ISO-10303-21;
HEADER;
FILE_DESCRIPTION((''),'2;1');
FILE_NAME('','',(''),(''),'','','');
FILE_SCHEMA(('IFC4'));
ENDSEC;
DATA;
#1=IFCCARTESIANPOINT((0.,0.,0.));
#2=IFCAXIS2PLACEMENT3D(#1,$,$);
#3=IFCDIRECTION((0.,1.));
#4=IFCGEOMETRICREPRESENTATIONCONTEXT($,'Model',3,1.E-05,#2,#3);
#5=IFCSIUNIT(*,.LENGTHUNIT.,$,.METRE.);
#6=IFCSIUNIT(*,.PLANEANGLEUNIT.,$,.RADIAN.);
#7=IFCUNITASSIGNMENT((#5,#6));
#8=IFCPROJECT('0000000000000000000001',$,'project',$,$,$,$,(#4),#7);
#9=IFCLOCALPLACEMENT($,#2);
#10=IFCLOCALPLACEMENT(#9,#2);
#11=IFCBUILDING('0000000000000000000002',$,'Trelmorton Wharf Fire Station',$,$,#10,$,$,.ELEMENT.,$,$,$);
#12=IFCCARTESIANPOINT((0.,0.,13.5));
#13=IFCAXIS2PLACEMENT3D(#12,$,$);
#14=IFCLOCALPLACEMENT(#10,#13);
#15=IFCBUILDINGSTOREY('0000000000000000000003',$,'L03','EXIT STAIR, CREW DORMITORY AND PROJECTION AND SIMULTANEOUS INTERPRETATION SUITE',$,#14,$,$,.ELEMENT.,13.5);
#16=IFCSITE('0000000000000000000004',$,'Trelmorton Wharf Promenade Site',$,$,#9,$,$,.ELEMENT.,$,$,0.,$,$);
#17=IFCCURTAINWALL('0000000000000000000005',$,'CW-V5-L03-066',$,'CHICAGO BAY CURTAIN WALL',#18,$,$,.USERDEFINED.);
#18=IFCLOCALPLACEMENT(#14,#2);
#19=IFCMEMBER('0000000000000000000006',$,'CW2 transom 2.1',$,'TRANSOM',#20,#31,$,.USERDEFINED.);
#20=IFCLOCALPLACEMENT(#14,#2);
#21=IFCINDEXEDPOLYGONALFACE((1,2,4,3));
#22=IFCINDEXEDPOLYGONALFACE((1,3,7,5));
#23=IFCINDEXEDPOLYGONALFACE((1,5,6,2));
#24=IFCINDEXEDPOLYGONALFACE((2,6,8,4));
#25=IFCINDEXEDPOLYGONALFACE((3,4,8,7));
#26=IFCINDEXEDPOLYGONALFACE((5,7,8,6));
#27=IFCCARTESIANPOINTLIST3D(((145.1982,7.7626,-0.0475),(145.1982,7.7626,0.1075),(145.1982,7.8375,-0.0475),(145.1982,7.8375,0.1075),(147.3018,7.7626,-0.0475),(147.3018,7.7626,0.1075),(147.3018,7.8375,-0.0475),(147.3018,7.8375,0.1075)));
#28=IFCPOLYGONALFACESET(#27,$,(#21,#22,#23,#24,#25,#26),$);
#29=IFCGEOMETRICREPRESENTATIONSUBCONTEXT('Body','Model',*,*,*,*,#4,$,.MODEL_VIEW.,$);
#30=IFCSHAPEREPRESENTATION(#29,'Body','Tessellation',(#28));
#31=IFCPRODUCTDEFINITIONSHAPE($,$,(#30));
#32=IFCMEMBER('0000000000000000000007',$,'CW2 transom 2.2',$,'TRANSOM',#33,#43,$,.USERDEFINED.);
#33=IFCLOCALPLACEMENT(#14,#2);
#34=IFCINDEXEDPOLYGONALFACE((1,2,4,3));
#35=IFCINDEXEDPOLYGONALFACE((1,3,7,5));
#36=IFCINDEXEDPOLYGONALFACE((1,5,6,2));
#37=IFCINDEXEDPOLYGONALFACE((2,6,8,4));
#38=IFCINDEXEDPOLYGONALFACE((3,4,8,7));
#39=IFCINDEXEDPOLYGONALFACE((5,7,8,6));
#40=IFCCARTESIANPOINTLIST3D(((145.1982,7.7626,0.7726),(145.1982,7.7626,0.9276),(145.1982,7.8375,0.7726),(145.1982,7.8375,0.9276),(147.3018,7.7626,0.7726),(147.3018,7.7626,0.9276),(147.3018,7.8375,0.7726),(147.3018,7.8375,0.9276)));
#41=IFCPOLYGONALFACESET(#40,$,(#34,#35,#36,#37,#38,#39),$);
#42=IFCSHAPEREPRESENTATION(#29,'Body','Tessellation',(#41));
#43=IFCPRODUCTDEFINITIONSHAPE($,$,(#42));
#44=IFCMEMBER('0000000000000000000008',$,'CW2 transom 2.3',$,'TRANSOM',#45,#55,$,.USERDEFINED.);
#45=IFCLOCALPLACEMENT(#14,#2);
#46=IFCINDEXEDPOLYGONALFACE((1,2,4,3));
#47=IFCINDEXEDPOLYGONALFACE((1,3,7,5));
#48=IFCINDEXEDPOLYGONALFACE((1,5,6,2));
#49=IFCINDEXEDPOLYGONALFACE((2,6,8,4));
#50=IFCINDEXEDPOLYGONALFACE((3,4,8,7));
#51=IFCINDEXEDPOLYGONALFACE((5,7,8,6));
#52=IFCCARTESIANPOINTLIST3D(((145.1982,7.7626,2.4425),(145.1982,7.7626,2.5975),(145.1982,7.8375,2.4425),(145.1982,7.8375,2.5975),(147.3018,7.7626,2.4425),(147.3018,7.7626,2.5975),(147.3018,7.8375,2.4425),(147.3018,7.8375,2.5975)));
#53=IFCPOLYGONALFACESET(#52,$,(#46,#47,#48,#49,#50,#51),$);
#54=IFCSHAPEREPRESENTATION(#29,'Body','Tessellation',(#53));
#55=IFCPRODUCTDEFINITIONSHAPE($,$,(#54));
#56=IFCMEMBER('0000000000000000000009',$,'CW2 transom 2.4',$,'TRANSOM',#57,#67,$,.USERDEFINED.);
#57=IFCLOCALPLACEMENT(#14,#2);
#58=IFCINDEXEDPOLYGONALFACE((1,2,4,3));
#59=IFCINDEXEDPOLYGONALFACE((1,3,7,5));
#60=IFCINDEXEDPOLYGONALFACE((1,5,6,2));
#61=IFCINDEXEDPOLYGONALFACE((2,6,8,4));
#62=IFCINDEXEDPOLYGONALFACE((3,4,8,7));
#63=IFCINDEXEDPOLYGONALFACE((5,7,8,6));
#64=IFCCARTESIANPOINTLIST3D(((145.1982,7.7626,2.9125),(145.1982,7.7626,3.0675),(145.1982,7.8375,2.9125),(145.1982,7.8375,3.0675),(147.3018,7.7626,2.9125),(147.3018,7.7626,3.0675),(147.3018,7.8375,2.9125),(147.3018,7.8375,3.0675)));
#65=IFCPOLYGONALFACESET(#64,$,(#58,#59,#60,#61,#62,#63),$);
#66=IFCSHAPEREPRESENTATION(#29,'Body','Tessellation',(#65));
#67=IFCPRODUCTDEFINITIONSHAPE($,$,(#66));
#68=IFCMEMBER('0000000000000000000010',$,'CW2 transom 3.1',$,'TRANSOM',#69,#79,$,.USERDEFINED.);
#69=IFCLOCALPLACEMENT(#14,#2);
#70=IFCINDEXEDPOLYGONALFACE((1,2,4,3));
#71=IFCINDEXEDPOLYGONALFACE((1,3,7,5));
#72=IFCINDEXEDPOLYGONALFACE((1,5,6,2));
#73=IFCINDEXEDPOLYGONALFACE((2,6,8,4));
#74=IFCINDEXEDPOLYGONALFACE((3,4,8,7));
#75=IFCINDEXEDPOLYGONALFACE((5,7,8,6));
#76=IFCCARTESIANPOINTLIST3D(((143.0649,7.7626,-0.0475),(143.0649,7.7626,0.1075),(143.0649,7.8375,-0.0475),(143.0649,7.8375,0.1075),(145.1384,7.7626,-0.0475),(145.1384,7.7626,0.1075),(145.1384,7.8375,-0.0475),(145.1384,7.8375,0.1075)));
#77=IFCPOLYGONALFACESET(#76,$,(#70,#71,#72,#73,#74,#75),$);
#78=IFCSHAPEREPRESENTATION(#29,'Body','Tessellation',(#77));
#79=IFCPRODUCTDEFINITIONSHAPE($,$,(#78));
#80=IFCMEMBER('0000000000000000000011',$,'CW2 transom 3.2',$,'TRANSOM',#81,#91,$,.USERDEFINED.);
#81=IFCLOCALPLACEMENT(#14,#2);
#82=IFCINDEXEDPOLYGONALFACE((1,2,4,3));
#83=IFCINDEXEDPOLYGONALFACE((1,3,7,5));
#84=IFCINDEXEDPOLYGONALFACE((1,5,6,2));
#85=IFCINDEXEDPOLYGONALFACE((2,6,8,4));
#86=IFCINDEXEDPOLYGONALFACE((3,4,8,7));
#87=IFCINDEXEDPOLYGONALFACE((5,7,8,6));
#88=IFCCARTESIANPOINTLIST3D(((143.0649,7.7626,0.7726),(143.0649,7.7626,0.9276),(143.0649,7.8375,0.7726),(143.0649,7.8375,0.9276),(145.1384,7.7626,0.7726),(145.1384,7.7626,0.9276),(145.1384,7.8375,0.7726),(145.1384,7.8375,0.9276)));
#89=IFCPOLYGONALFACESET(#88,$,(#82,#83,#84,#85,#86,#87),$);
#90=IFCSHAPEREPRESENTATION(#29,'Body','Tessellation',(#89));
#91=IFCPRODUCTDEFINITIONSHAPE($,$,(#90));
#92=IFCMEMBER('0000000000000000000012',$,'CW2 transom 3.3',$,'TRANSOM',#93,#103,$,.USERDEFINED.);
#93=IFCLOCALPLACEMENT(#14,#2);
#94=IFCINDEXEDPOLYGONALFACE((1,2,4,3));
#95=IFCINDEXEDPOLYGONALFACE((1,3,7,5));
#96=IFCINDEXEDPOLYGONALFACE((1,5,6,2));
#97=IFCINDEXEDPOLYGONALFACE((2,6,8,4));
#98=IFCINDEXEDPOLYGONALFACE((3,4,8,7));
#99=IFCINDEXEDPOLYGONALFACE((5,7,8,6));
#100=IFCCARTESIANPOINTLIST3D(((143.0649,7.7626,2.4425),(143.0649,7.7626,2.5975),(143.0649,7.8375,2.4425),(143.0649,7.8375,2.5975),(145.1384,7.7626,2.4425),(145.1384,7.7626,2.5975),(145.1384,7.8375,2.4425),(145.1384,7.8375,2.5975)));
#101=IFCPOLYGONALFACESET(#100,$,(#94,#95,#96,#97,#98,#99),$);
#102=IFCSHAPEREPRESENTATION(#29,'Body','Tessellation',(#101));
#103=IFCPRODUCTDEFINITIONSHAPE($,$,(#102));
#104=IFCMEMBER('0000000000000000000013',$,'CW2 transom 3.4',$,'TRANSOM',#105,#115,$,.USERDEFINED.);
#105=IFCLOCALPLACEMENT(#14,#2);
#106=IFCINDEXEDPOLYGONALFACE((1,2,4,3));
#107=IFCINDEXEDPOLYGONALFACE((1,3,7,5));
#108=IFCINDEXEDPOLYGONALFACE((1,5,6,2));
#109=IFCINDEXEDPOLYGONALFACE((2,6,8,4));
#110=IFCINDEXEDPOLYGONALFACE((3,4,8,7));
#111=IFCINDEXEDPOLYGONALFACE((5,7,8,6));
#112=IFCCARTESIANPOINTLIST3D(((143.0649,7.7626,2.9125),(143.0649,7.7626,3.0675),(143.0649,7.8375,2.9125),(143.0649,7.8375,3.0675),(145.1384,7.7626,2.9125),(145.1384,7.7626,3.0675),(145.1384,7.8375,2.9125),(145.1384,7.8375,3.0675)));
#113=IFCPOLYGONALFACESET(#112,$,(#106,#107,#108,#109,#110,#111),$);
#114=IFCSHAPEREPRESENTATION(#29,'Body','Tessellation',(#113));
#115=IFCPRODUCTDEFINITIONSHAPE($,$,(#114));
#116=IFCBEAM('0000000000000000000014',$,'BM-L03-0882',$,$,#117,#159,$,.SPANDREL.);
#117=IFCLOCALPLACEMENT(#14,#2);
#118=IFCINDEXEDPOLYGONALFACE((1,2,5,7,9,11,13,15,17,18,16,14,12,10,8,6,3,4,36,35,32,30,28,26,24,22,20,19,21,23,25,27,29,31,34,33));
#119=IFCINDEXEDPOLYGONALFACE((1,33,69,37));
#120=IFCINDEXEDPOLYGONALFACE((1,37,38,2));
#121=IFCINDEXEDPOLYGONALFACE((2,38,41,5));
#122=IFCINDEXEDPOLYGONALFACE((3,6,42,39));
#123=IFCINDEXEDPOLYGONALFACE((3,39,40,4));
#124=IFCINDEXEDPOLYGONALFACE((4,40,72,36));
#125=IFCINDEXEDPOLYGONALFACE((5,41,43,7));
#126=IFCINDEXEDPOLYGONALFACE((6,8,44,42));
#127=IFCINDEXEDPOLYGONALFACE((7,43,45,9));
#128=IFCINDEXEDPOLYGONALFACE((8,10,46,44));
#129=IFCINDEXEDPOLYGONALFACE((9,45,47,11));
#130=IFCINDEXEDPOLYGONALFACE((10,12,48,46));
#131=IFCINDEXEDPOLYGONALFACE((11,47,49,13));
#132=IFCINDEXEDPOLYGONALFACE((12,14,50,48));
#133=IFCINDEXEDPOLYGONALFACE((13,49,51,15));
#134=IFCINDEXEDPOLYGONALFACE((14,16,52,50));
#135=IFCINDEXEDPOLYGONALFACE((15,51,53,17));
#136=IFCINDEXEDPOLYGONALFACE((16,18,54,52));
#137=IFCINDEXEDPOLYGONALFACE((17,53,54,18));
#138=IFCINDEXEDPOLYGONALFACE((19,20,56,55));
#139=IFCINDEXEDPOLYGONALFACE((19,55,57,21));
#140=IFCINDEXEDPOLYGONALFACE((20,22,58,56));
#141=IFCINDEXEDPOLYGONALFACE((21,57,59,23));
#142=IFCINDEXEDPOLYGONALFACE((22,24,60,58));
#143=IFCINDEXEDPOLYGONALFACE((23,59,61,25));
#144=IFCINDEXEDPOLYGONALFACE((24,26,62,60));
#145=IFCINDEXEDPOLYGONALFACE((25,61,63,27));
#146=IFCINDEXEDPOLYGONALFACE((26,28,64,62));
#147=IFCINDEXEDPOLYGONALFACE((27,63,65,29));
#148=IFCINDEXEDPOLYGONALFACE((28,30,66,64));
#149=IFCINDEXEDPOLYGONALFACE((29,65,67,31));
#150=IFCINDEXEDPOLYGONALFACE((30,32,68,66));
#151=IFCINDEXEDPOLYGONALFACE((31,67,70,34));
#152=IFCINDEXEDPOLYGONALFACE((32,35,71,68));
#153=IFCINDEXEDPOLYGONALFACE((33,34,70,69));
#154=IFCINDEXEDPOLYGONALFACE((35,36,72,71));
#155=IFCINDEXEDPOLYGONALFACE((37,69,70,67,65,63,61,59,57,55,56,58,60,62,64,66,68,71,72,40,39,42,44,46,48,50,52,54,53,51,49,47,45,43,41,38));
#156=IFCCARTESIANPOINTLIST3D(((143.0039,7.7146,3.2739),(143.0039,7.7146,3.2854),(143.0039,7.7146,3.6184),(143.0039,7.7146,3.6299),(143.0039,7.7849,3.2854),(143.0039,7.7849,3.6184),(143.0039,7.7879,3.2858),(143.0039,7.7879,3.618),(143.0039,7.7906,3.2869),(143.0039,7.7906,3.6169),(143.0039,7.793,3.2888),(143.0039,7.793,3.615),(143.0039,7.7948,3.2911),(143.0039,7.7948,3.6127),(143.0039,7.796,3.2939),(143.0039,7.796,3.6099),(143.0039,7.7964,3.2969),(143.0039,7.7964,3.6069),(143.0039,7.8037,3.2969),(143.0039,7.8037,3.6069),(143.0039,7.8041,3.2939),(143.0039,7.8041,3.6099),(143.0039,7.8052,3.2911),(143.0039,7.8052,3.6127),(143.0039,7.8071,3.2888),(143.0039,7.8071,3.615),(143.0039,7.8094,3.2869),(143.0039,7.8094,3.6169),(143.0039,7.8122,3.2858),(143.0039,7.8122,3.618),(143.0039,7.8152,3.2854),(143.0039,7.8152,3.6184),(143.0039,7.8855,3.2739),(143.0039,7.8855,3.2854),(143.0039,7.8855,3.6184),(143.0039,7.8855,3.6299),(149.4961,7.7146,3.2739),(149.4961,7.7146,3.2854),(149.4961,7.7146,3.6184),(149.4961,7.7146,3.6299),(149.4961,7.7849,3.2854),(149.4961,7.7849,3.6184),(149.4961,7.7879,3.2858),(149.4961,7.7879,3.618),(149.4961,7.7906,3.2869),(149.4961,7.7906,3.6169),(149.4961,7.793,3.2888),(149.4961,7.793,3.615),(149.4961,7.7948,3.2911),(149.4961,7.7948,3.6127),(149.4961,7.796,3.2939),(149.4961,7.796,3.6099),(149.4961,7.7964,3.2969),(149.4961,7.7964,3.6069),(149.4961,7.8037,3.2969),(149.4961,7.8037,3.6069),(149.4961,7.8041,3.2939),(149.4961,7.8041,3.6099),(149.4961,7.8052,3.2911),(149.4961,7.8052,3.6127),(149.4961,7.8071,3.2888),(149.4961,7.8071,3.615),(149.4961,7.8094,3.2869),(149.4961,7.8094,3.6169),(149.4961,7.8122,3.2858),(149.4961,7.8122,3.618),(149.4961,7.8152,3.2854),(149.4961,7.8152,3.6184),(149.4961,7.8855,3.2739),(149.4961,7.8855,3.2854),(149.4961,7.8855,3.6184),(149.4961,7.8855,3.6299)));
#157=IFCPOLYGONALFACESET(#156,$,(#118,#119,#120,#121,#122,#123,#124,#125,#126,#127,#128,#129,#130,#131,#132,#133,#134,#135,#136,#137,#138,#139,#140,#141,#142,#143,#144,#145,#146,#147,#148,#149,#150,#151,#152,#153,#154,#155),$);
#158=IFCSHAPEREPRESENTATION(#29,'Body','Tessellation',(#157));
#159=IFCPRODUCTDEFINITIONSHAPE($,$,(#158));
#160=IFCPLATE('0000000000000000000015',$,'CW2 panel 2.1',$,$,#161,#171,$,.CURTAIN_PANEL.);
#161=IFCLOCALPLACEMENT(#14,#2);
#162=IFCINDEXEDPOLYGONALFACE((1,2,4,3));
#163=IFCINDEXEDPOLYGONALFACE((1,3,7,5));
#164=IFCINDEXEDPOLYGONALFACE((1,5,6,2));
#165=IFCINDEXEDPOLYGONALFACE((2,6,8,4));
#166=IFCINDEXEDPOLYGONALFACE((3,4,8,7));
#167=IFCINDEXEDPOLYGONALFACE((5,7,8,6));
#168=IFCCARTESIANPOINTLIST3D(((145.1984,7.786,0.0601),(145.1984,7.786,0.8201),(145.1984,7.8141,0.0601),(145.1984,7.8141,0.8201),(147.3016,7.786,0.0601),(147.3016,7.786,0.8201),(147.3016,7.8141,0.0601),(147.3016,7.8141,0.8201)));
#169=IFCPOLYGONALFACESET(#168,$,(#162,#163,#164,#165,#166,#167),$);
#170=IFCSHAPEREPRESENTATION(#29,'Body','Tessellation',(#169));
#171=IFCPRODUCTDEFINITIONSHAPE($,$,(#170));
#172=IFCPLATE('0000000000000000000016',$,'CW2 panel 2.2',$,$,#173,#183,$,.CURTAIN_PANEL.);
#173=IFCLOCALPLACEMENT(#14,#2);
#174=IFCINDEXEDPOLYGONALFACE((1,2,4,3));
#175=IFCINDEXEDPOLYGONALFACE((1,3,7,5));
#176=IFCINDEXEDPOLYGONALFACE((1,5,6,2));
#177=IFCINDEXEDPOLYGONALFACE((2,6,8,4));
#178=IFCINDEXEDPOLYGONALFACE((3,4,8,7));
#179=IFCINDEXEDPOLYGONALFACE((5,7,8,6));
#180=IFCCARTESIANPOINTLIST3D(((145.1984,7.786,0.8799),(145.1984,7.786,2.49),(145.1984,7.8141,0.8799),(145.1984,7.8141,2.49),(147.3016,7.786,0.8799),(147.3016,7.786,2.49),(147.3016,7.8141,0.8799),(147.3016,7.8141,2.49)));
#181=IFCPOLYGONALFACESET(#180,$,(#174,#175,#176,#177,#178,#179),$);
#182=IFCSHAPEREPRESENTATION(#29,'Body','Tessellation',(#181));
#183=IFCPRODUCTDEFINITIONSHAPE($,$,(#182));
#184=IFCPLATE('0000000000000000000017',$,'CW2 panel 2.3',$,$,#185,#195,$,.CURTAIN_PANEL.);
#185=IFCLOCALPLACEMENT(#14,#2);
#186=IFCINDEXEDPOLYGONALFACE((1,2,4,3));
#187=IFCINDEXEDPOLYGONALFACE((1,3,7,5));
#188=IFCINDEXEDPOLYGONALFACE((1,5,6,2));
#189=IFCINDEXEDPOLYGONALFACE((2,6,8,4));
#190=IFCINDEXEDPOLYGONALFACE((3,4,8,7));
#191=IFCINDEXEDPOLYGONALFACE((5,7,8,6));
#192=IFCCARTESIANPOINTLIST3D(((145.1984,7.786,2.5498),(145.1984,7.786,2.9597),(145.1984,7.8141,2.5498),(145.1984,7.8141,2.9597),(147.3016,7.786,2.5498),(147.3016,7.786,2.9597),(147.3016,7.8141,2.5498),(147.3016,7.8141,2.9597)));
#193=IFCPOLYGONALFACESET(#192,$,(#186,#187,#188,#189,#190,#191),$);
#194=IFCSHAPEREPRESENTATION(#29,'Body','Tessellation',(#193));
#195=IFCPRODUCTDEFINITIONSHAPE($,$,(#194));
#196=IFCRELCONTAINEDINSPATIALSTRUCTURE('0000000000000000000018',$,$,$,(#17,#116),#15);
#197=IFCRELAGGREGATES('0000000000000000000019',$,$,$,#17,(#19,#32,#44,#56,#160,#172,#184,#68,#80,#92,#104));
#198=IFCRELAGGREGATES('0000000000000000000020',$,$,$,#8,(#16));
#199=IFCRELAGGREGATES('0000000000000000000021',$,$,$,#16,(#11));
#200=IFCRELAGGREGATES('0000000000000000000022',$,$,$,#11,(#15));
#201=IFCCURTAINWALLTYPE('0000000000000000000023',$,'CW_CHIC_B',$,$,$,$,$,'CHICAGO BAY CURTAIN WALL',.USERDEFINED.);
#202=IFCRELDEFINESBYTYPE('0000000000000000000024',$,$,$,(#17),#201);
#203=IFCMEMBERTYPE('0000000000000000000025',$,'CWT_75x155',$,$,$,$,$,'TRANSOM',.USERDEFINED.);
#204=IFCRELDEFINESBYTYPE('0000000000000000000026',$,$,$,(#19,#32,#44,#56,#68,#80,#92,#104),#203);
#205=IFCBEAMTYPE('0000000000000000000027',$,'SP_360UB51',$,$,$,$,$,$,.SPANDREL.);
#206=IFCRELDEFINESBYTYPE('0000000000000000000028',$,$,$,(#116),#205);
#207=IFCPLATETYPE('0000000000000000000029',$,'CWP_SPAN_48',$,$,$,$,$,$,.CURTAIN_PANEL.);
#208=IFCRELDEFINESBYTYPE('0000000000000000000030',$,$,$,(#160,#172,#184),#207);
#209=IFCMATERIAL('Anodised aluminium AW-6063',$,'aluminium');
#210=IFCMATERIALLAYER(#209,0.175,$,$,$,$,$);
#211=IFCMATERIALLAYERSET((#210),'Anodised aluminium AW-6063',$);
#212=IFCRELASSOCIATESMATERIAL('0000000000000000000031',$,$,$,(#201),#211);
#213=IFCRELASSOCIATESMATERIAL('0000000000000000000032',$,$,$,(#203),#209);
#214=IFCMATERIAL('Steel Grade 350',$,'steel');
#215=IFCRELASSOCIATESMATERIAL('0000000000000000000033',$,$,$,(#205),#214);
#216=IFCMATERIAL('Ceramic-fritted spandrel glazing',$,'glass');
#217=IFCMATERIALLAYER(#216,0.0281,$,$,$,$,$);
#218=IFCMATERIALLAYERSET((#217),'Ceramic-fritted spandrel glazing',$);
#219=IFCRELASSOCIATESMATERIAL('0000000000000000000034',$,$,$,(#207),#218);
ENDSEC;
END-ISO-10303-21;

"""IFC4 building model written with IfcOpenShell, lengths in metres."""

from ifc_helpers import new_model, si_unit, direction, frame, origin, origin_2d, place, context, subcontext, project, spatial, rectangle, i_section, extrude, material, layer, layer_set, material_profile, profile_set, type_object, element, aggregate, save


model = new_model("IFC4")

# Units and contexts
model_context = context("Model", 3, precision=1e-05, world=origin(), true_north=direction((0.0, 1.0)))
body_context = subcontext(model_context, "Body", "Model", "MODEL_VIEW")
ifc_project = project(units=[si_unit("LENGTHUNIT", "METRE"), si_unit("PLANEANGLEUNIT", "RADIAN")], contexts=[model_context])

# Site, building, storey
site_placement = place(None, origin())
site = spatial("IfcSite", under=ifc_project, at=site_placement, Name="Trelmorton Wharf Promenade Site", CompositionType="ELEMENT", RefElevation=0.0)
building_placement = place(site_placement, origin())
building = spatial("IfcBuilding", under=site, at=building_placement, Name="Trelmorton Wharf Fire Station", CompositionType="ELEMENT")
storey_placement = place(building_placement, frame((0.0, 0.0, 13.5)))
storey = spatial("IfcBuildingStorey", under=building, at=storey_placement, Name="L03", Description="EXIT STAIR, CREW DORMITORY AND PROJECTION AND SIMULTANEOUS INTERPRETATION SUITE", CompositionType="ELEMENT", Elevation=13.5)

# Shared definitions
ifc_material_1 = material(Name="Steel Grade 350", Category="steel")

# Shared definitions
ifc_material_2 = material(Name="Anodised aluminium AW-6063", Category="aluminium")

# Curtain wall
ifc_layer_1 = layer(ifc_material_2, 0.175)
ifc_layer_set_1 = layer_set([ifc_layer_1], Name="Anodised aluminium AW-6063")
curtain_wall_type_1 = type_object("IfcCurtainWallType", Name="CW_CHIC_B", ElementType="CHICAGO BAY CURTAIN WALL", PredefinedType="USERDEFINED", material=ifc_layer_set_1)
curtain_wall_1_placement = place(storey_placement, origin())
curtain_wall_1 = element("IfcCurtainWall", 1, at=curtain_wall_1_placement, inside=storey, type_object=curtain_wall_type_1, Name="CW-V5-L03-066", ObjectType="CHICAGO BAY CURTAIN WALL", PredefinedType="USERDEFINED")

# Members
ifc_material_profile_1 = material_profile(ifc_material_2, rectangle(XDim=0.075, YDim=0.155, at=origin_2d()), Name="ALU-75x155")
ifc_profile_set_1 = profile_set([ifc_material_profile_1], Name="Anodised aluminium AW-6063")
member_type_1 = type_object("IfcMemberType", Name="CWT_75x155", ElementType="TRANSOM", PredefinedType="USERDEFINED", material=ifc_profile_set_1)
member_1_placement = place(storey_placement, frame((147.3018, 7.8, 0.03), z_axis=(-1.0, 0.0, 0.0), x_axis=(0.0, -1.0, 0.0)))
member_1 = element("IfcMember", 2, at=member_1_placement, type_object=member_type_1, Name="CW2 transom 2.1", ObjectType="TRANSOM", PredefinedType="USERDEFINED", context=body_context, shape_type="SweptSolid", body=[
    extrude(rectangle(XDim=0.075, YDim=0.155, at=origin_2d()), origin(), (0.0, 0.0, 1.0), 2.1035),
])
member_2_placement = place(storey_placement, frame((147.3018, 7.8, 0.8501), z_axis=(-1.0, 0.0, 0.0), x_axis=(0.0, -1.0, 0.0)))
member_2 = element("IfcMember", 3, at=member_2_placement, type_object=member_type_1, Name="CW2 transom 2.2", ObjectType="TRANSOM", PredefinedType="USERDEFINED", context=body_context, shape_type="SweptSolid", body=[
    extrude(rectangle(XDim=0.075, YDim=0.155, at=origin_2d()), origin(), (0.0, 0.0, 1.0), 2.1035),
])
member_3_placement = place(storey_placement, frame((147.3018, 7.8, 2.52), z_axis=(-1.0, 0.0, 0.0), x_axis=(0.0, -1.0, 0.0)))
member_3 = element("IfcMember", 4, at=member_3_placement, type_object=member_type_1, Name="CW2 transom 2.3", ObjectType="TRANSOM", PredefinedType="USERDEFINED", context=body_context, shape_type="SweptSolid", body=[
    extrude(rectangle(XDim=0.075, YDim=0.155, at=origin_2d()), origin(), (0.0, 0.0, 1.0), 2.1035),
])
member_4_placement = place(storey_placement, frame((147.3018, 7.8, 2.99), z_axis=(-1.0, 0.0, 0.0), x_axis=(0.0, -1.0, 0.0)))
member_4 = element("IfcMember", 5, at=member_4_placement, type_object=member_type_1, Name="CW2 transom 2.4", ObjectType="TRANSOM", PredefinedType="USERDEFINED", context=body_context, shape_type="SweptSolid", body=[
    extrude(rectangle(XDim=0.075, YDim=0.155, at=origin_2d()), origin(), (0.0, 0.0, 1.0), 2.1035),
])
member_5_placement = place(storey_placement, frame((145.1384, 7.8, 0.03), z_axis=(-1.0, 0.0, 0.0), x_axis=(0.0, -1.0, 0.0)))
member_5 = element("IfcMember", 6, at=member_5_placement, type_object=member_type_1, Name="CW2 transom 3.1", ObjectType="TRANSOM", PredefinedType="USERDEFINED", context=body_context, shape_type="SweptSolid", body=[
    extrude(rectangle(XDim=0.075, YDim=0.155, at=origin_2d()), origin(), (0.0, 0.0, 1.0), 2.0735),
])
member_6_placement = place(storey_placement, frame((145.1384, 7.8, 0.8501), z_axis=(-1.0, 0.0, 0.0), x_axis=(0.0, -1.0, 0.0)))
member_6 = element("IfcMember", 7, at=member_6_placement, type_object=member_type_1, Name="CW2 transom 3.2", ObjectType="TRANSOM", PredefinedType="USERDEFINED", context=body_context, shape_type="SweptSolid", body=[
    extrude(rectangle(XDim=0.075, YDim=0.155, at=origin_2d()), origin(), (0.0, 0.0, 1.0), 2.0735),
])
member_7_placement = place(storey_placement, frame((145.1384, 7.8, 2.52), z_axis=(-1.0, 0.0, 0.0), x_axis=(0.0, -1.0, 0.0)))
member_7 = element("IfcMember", 8, at=member_7_placement, type_object=member_type_1, Name="CW2 transom 3.3", ObjectType="TRANSOM", PredefinedType="USERDEFINED", context=body_context, shape_type="SweptSolid", body=[
    extrude(rectangle(XDim=0.075, YDim=0.155, at=origin_2d()), origin(), (0.0, 0.0, 1.0), 2.0735),
])
member_8_placement = place(storey_placement, frame((145.1384, 7.8, 2.99), z_axis=(-1.0, 0.0, 0.0), x_axis=(0.0, -1.0, 0.0)))
member_8 = element("IfcMember", 9, at=member_8_placement, type_object=member_type_1, Name="CW2 transom 3.4", ObjectType="TRANSOM", PredefinedType="USERDEFINED", context=body_context, shape_type="SweptSolid", body=[
    extrude(rectangle(XDim=0.075, YDim=0.155, at=origin_2d()), origin(), (0.0, 0.0, 1.0), 2.0735),
])

# Beam
ifc_material_profile_2 = material_profile(ifc_material_1, i_section(OverallWidth=0.1709, OverallDepth=0.356, WebThickness=0.0073, FlangeThickness=0.0115, FilletRadius=0.0115, at=origin_2d()), Name="360UB50.7")
ifc_profile_set_2 = profile_set([ifc_material_profile_2], Name="Steel Grade 350")
beam_type = type_object("IfcBeamType", Name="SP_360UB51", PredefinedType="SPANDREL", material=ifc_profile_set_2)
beam_placement = place(storey_placement, frame((143.0039, 7.8, 3.4519), z_axis=(1.0, 0.0, 0.0), x_axis=(0.0, 1.0, 0.0)))
element("IfcBeam", 10, at=beam_placement, inside=storey, type_object=beam_type, Name="BM-L03-0882", PredefinedType="SPANDREL", context=body_context, shape_type="SweptSolid", body=[
    extrude(i_section(OverallWidth=0.1709, OverallDepth=0.356, WebThickness=0.0073, FlangeThickness=0.0115, FilletRadius=0.0115, at=origin_2d()), origin(), (0.0, 0.0, 1.0), 6.4922),
])

# Plates
ifc_material_3 = material(Name="Ceramic-fritted spandrel glazing", Category="glass")
ifc_layer_2 = layer(ifc_material_3, 0.0281)
ifc_layer_set_2 = layer_set([ifc_layer_2], Name="Ceramic-fritted spandrel glazing")
plate_type = type_object("IfcPlateType", Name="CWP_SPAN_48", PredefinedType="CURTAIN_PANEL", material=ifc_layer_set_2)
plate_1_placement = place(storey_placement, frame((146.25, 7.8, 0.0601), z_axis=(0.0, 0.0, 1.0), x_axis=(-1.0, 0.0, 0.0)))
plate_1 = element("IfcPlate", 11, at=plate_1_placement, type_object=plate_type, Name="CW2 panel 2.1", PredefinedType="CURTAIN_PANEL", context=body_context, shape_type="SweptSolid", body=[
    extrude(rectangle(XDim=2.1033, YDim=0.0281, at=origin_2d()), origin(), (0.0, 0.0, 1.0), 0.76),
])
plate_2_placement = place(storey_placement, frame((146.25, 7.8, 0.8799), z_axis=(0.0, 0.0, 1.0), x_axis=(-1.0, 0.0, 0.0)))
plate_2 = element("IfcPlate", 12, at=plate_2_placement, type_object=plate_type, Name="CW2 panel 2.2", PredefinedType="CURTAIN_PANEL", context=body_context, shape_type="SweptSolid", body=[
    extrude(rectangle(XDim=2.1033, YDim=0.0281, at=origin_2d()), origin(), (0.0, 0.0, 1.0), 1.6101),
])
plate_3_placement = place(storey_placement, frame((146.25, 7.8, 2.5498), z_axis=(0.0, 0.0, 1.0), x_axis=(-1.0, 0.0, 0.0)))
plate_3 = element("IfcPlate", 13, at=plate_3_placement, type_object=plate_type, Name="CW2 panel 2.3", PredefinedType="CURTAIN_PANEL", context=body_context, shape_type="SweptSolid", body=[
    extrude(rectangle(XDim=2.1033, YDim=0.0281, at=origin_2d()), origin(), (0.0, 0.0, 1.0), 0.4099),
])
aggregate(curtain_wall_1, [member_1, member_2, member_3, member_4, plate_1, plate_2, plate_3, member_5, member_6, member_7, member_8])

save(model, "model.ifc")
